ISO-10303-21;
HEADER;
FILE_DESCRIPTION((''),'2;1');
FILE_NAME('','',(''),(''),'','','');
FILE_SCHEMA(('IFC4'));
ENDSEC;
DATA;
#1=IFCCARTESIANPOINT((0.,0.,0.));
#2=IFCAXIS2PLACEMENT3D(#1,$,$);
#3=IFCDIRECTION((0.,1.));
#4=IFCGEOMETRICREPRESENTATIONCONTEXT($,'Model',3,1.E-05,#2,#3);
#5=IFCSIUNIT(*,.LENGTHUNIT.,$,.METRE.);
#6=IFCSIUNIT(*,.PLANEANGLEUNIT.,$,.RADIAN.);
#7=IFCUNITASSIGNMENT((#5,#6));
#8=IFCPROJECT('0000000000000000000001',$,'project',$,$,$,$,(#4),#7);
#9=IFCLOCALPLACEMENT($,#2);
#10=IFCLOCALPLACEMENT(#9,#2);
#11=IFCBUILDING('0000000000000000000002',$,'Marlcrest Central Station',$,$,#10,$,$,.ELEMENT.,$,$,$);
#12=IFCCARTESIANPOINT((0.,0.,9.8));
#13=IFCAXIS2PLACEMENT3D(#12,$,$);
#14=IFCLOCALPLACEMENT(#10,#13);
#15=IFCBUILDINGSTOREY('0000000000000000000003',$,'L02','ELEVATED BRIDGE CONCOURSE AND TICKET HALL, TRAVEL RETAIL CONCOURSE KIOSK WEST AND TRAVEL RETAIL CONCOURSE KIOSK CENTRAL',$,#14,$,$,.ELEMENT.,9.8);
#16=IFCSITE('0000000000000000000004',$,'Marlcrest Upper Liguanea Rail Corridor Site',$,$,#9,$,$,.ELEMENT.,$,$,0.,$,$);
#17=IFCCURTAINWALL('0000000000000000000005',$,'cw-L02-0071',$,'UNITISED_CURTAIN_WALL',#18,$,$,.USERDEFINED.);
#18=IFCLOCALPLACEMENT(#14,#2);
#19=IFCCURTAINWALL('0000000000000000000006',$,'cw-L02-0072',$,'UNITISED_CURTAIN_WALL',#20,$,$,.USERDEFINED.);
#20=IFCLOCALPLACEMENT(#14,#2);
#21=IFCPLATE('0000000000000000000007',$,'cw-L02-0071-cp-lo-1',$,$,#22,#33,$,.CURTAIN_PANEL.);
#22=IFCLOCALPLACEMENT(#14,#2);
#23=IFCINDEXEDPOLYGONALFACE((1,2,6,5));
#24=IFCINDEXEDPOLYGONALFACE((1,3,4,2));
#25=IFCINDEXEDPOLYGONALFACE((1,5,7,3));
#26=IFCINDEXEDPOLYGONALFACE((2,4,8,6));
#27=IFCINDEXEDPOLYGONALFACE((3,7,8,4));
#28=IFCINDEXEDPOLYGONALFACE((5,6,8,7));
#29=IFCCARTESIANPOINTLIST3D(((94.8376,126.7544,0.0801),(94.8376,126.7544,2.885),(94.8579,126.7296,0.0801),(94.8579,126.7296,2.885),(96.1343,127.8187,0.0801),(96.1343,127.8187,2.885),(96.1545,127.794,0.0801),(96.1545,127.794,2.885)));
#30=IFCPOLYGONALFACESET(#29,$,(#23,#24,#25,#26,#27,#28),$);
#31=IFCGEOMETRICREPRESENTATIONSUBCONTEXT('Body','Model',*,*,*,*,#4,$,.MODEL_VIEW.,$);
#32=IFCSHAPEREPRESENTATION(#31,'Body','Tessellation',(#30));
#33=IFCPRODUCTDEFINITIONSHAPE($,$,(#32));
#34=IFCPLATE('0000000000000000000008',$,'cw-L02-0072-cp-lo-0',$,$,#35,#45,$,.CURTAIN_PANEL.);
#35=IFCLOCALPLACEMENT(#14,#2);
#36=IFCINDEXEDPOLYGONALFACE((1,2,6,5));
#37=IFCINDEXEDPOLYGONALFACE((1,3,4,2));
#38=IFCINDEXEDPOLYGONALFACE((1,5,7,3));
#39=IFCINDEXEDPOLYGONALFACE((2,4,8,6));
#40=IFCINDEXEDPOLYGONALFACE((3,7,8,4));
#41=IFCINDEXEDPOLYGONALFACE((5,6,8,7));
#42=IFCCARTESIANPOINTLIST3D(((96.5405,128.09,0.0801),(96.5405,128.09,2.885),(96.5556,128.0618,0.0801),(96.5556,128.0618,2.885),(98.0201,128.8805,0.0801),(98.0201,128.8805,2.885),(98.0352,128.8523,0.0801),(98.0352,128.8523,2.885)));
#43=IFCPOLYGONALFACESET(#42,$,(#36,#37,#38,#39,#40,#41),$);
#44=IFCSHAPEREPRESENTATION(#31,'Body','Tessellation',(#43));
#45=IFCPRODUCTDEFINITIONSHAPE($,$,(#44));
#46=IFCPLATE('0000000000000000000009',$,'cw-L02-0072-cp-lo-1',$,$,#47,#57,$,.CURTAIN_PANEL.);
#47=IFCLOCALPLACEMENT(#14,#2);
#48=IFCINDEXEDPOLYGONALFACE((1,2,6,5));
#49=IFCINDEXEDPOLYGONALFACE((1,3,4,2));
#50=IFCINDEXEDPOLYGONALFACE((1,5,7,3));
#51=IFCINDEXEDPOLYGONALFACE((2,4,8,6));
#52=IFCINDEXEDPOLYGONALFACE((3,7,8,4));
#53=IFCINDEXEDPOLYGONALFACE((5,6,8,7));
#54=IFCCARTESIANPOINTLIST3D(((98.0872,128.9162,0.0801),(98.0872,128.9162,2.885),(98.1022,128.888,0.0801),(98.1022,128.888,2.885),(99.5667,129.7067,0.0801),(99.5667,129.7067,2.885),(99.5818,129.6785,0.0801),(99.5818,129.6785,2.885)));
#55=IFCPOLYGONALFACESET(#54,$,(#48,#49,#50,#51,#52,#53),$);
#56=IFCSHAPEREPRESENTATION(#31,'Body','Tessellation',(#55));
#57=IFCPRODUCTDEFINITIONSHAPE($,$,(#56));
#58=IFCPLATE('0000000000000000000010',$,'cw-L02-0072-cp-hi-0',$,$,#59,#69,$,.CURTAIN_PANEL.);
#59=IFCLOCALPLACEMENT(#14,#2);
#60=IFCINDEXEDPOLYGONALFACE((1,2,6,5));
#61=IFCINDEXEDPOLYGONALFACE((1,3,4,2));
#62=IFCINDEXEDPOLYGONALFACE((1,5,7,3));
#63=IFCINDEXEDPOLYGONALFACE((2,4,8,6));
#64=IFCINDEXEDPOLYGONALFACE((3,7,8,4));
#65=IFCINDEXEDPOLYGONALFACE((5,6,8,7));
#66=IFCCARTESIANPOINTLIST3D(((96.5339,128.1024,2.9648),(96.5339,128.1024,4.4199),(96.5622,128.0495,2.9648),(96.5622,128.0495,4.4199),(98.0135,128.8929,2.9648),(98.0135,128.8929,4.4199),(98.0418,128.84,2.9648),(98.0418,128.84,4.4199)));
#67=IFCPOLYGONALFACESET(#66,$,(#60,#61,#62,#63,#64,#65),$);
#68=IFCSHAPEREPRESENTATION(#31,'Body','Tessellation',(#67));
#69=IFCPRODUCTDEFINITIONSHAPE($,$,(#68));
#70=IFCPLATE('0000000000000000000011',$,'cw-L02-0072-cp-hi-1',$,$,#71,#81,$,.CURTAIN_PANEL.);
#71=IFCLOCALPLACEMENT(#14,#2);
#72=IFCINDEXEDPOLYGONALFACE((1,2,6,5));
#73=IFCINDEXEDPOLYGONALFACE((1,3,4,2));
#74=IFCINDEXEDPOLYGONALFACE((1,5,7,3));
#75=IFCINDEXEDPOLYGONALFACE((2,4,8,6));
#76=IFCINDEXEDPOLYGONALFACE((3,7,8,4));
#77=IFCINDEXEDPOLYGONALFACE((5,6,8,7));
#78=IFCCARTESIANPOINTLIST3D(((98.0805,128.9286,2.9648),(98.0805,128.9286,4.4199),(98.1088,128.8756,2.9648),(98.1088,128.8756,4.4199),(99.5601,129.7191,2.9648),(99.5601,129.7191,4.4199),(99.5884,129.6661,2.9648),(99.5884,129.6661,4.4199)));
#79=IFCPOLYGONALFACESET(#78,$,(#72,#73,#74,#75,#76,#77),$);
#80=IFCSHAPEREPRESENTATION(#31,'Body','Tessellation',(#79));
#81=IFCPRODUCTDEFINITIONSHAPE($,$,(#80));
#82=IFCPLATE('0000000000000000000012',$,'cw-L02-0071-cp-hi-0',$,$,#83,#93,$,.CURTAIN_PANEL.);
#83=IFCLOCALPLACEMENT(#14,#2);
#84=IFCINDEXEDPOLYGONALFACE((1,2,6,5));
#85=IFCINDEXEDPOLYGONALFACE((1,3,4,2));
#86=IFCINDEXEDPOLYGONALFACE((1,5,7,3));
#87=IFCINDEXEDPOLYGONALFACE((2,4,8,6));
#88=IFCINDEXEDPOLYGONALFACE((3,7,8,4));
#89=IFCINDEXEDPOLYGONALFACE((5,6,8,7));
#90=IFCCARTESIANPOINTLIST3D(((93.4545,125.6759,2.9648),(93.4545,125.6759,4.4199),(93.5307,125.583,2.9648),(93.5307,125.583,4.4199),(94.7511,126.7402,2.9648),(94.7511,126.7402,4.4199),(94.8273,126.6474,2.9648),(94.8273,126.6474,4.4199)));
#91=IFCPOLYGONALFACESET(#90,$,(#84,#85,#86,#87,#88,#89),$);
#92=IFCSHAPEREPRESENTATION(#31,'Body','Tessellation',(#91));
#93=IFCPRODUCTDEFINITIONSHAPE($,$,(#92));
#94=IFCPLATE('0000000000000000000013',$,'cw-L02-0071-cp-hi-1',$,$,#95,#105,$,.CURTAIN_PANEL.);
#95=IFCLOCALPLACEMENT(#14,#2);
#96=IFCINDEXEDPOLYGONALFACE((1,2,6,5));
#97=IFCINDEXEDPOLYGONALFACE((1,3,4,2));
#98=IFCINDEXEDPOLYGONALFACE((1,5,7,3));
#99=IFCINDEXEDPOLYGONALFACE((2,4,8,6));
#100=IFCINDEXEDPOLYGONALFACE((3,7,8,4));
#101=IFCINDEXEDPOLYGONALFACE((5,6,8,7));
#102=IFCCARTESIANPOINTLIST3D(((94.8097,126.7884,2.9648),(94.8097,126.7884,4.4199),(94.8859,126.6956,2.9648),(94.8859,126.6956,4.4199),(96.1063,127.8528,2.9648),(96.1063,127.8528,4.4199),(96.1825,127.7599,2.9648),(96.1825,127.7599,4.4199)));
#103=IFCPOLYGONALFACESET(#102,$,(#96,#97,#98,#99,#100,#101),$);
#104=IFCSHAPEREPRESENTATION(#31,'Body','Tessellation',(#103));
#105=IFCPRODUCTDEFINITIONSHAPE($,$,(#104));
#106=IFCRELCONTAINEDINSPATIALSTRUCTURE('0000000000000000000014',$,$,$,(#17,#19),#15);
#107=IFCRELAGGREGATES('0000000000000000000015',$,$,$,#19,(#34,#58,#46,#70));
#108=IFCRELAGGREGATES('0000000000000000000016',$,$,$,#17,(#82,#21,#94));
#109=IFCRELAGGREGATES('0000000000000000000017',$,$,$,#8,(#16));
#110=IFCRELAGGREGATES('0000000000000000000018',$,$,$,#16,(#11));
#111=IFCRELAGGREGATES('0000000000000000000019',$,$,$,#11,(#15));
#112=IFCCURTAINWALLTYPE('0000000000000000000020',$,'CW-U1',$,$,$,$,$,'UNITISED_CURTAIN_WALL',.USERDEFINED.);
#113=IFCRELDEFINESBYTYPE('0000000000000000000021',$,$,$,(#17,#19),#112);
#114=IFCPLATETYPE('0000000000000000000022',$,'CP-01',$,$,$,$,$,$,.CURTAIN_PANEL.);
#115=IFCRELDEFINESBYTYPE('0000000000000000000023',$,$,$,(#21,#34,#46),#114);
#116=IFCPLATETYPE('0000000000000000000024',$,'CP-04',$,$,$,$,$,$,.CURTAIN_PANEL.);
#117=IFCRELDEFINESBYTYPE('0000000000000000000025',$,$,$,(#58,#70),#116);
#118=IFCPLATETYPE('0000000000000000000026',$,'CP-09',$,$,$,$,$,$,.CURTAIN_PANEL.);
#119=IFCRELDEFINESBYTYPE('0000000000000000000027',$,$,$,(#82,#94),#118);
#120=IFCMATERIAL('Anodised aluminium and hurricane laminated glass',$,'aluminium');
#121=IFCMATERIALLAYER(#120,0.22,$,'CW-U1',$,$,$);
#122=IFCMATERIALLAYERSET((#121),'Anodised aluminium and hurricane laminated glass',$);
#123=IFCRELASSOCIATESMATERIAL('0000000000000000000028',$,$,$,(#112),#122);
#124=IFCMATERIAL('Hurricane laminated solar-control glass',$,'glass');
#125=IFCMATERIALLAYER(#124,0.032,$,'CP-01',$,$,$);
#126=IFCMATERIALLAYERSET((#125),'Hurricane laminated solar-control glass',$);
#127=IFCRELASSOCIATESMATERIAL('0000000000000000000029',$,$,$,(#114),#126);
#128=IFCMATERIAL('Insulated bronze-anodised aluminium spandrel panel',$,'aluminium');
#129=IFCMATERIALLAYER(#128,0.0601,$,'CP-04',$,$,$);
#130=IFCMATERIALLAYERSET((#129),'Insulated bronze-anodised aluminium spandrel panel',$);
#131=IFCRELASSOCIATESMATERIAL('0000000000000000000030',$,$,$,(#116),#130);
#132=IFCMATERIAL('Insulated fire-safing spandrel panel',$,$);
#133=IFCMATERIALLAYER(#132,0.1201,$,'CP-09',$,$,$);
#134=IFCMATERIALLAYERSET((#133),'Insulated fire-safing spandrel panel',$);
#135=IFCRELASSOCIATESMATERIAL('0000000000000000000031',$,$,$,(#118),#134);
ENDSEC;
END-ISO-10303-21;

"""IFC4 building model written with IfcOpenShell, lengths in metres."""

from ifc_helpers import new_model, si_unit, direction, frame, origin, origin_2d, place, context, subcontext, project, spatial, rectangle, extrude, material, layer, layer_set, type_object, element, aggregate, save


model = new_model("IFC4")

# Units and contexts
model_context = context("Model", 3, precision=1e-05, world=origin(), true_north=direction((0.0, 1.0)))
body_context = subcontext(model_context, "Body", "Model", "MODEL_VIEW")
ifc_project = project(units=[si_unit("LENGTHUNIT", "METRE"), si_unit("PLANEANGLEUNIT", "RADIAN")], contexts=[model_context])

# Site, building, storey
site_placement = place(None, origin())
site = spatial("IfcSite", under=ifc_project, at=site_placement, Name="Marlcrest Upper Liguanea Rail Corridor Site", CompositionType="ELEMENT", RefElevation=0.0)
building_placement = place(site_placement, origin())
building = spatial("IfcBuilding", under=site, at=building_placement, Name="Marlcrest Central Station", CompositionType="ELEMENT")
storey_placement = place(building_placement, frame((0.0, 0.0, 9.8)))
storey = spatial("IfcBuildingStorey", under=building, at=storey_placement, Name="L02", Description="ELEVATED BRIDGE CONCOURSE AND TICKET HALL, TRAVEL RETAIL CONCOURSE KIOSK WEST AND TRAVEL RETAIL CONCOURSE KIOSK CENTRAL", CompositionType="ELEMENT", Elevation=9.8)

# Curtain walls
ifc_material_1 = material(Name="Anodised aluminium and hurricane laminated glass", Category="aluminium")
ifc_layer_1 = layer(ifc_material_1, 0.22, Name="CW-U1")
ifc_layer_set_1 = layer_set([ifc_layer_1], Name="Anodised aluminium and hurricane laminated glass")
curtain_wall_type = type_object("IfcCurtainWallType", Name="CW-U1", ElementType="UNITISED_CURTAIN_WALL", PredefinedType="USERDEFINED", material=ifc_layer_set_1)
curtain_wall_1_placement = place(storey_placement, origin())
curtain_wall_1 = element("IfcCurtainWall", 1, at=curtain_wall_1_placement, inside=storey, type_object=curtain_wall_type, Name="cw-L02-0071", ObjectType="UNITISED_CURTAIN_WALL", PredefinedType="USERDEFINED")
curtain_wall_2_placement = place(storey_placement, origin())
curtain_wall_2 = element("IfcCurtainWall", 2, at=curtain_wall_2_placement, inside=storey, type_object=curtain_wall_type, Name="cw-L02-0072", ObjectType="UNITISED_CURTAIN_WALL", PredefinedType="USERDEFINED")

# Plates
ifc_material_2 = material(Name="Hurricane laminated solar-control glass", Category="glass")
ifc_layer_2 = layer(ifc_material_2, 0.032, Name="CP-01")
ifc_layer_set_2 = layer_set([ifc_layer_2], Name="Hurricane laminated solar-control glass")
plate_type_1 = type_object("IfcPlateType", Name="CP-01", PredefinedType="CURTAIN_PANEL", material=ifc_layer_set_2)
plate_1_placement = place(storey_placement, frame((95.4961, 127.2742, 0.0801), z_axis=(0.0, 0.0, 1.0), x_axis=(0.772944, 0.634474, 0.0)))
plate_1 = element("IfcPlate", 3, at=plate_1_placement, type_object=plate_type_1, Name="cw-L02-0071-cp-lo-1", PredefinedType="CURTAIN_PANEL", context=body_context, shape_type="SweptSolid", body=[
    extrude(rectangle(XDim=1.6775, YDim=0.032, at=origin_2d()), origin(), (0.0, 0.0, 1.0), 2.8049),
])
plate_2_placement = place(storey_placement, frame((97.2878, 128.4712, 0.0801), z_axis=(0.0, 0.0, 1.0), x_axis=(0.882004, 0.471243, 0.0)))
plate_2 = element("IfcPlate", 4, at=plate_2_placement, type_object=plate_type_1, Name="cw-L02-0072-cp-lo-0", PredefinedType="CURTAIN_PANEL", context=body_context, shape_type="SweptSolid", body=[
    extrude(rectangle(XDim=1.6775, YDim=0.032, at=origin_2d()), origin(), (0.0, 0.0, 1.0), 2.8049),
])
plate_3_placement = place(storey_placement, frame((98.8345, 129.2974, 0.0801), z_axis=(0.0, 0.0, 1.0), x_axis=(0.882004, 0.471243, 0.0)))
plate_3 = element("IfcPlate", 5, at=plate_3_placement, type_object=plate_type_1, Name="cw-L02-0072-cp-lo-1", PredefinedType="CURTAIN_PANEL", context=body_context, shape_type="SweptSolid", body=[
    extrude(rectangle(XDim=1.6775, YDim=0.032, at=origin_2d()), origin(), (0.0, 0.0, 1.0), 2.8049),
])
ifc_material_3 = material(Name="Insulated bronze-anodised aluminium spandrel panel", Category="aluminium")
ifc_layer_3 = layer(ifc_material_3, 0.0601, Name="CP-04")
ifc_layer_set_3 = layer_set([ifc_layer_3], Name="Insulated bronze-anodised aluminium spandrel panel")
plate_type_2 = type_object("IfcPlateType", Name="CP-04", PredefinedType="CURTAIN_PANEL", material=ifc_layer_set_3)
plate_4_placement = place(storey_placement, frame((97.2878, 128.4712, 2.9648), z_axis=(0.0, 0.0, 1.0), x_axis=(0.882004, 0.471243, 0.0)))
plate_4 = element("IfcPlate", 6, at=plate_4_placement, type_object=plate_type_2, Name="cw-L02-0072-cp-hi-0", PredefinedType="CURTAIN_PANEL", context=body_context, shape_type="SweptSolid", body=[
    extrude(rectangle(XDim=1.6775, YDim=0.0601, at=origin_2d()), origin(), (0.0, 0.0, 1.0), 1.4551),
])
plate_5_placement = place(storey_placement, frame((98.8345, 129.2974, 2.9648), z_axis=(0.0, 0.0, 1.0), x_axis=(0.882004, 0.471243, 0.0)))
plate_5 = element("IfcPlate", 7, at=plate_5_placement, type_object=plate_type_2, Name="cw-L02-0072-cp-hi-1", PredefinedType="CURTAIN_PANEL", context=body_context, shape_type="SweptSolid", body=[
    extrude(rectangle(XDim=1.6775, YDim=0.0601, at=origin_2d()), origin(), (0.0, 0.0, 1.0), 1.4551),
])
aggregate(curtain_wall_2, [plate_2, plate_4, plate_3, plate_5])
ifc_material_4 = material(Name="Insulated fire-safing spandrel panel")
ifc_layer_4 = layer(ifc_material_4, 0.1201, Name="CP-09")
ifc_layer_set_4 = layer_set([ifc_layer_4], Name="Insulated fire-safing spandrel panel")
plate_type_3 = type_object("IfcPlateType", Name="CP-09", PredefinedType="CURTAIN_PANEL", material=ifc_layer_set_4)
plate_6_placement = place(storey_placement, frame((94.1409, 126.1616, 2.9648), z_axis=(0.0, 0.0, 1.0), x_axis=(0.772944, 0.634474, 0.0)))
plate_6 = element("IfcPlate", 8, at=plate_6_placement, type_object=plate_type_3, Name="cw-L02-0071-cp-hi-0", PredefinedType="CURTAIN_PANEL", context=body_context, shape_type="SweptSolid", body=[
    extrude(rectangle(XDim=1.6775, YDim=0.1201, at=origin_2d()), origin(), (0.0, 0.0, 1.0), 1.4551),
])
plate_7_placement = place(storey_placement, frame((95.4961, 127.2742, 2.9648), z_axis=(0.0, 0.0, 1.0), x_axis=(0.772944, 0.634474, 0.0)))
plate_7 = element("IfcPlate", 9, at=plate_7_placement, type_object=plate_type_3, Name="cw-L02-0071-cp-hi-1", PredefinedType="CURTAIN_PANEL", context=body_context, shape_type="SweptSolid", body=[
    extrude(rectangle(XDim=1.6775, YDim=0.1201, at=origin_2d()), origin(), (0.0, 0.0, 1.0), 1.4551),
])
aggregate(curtain_wall_1, [plate_6, plate_1, plate_7])

save(model, "model.ifc")
